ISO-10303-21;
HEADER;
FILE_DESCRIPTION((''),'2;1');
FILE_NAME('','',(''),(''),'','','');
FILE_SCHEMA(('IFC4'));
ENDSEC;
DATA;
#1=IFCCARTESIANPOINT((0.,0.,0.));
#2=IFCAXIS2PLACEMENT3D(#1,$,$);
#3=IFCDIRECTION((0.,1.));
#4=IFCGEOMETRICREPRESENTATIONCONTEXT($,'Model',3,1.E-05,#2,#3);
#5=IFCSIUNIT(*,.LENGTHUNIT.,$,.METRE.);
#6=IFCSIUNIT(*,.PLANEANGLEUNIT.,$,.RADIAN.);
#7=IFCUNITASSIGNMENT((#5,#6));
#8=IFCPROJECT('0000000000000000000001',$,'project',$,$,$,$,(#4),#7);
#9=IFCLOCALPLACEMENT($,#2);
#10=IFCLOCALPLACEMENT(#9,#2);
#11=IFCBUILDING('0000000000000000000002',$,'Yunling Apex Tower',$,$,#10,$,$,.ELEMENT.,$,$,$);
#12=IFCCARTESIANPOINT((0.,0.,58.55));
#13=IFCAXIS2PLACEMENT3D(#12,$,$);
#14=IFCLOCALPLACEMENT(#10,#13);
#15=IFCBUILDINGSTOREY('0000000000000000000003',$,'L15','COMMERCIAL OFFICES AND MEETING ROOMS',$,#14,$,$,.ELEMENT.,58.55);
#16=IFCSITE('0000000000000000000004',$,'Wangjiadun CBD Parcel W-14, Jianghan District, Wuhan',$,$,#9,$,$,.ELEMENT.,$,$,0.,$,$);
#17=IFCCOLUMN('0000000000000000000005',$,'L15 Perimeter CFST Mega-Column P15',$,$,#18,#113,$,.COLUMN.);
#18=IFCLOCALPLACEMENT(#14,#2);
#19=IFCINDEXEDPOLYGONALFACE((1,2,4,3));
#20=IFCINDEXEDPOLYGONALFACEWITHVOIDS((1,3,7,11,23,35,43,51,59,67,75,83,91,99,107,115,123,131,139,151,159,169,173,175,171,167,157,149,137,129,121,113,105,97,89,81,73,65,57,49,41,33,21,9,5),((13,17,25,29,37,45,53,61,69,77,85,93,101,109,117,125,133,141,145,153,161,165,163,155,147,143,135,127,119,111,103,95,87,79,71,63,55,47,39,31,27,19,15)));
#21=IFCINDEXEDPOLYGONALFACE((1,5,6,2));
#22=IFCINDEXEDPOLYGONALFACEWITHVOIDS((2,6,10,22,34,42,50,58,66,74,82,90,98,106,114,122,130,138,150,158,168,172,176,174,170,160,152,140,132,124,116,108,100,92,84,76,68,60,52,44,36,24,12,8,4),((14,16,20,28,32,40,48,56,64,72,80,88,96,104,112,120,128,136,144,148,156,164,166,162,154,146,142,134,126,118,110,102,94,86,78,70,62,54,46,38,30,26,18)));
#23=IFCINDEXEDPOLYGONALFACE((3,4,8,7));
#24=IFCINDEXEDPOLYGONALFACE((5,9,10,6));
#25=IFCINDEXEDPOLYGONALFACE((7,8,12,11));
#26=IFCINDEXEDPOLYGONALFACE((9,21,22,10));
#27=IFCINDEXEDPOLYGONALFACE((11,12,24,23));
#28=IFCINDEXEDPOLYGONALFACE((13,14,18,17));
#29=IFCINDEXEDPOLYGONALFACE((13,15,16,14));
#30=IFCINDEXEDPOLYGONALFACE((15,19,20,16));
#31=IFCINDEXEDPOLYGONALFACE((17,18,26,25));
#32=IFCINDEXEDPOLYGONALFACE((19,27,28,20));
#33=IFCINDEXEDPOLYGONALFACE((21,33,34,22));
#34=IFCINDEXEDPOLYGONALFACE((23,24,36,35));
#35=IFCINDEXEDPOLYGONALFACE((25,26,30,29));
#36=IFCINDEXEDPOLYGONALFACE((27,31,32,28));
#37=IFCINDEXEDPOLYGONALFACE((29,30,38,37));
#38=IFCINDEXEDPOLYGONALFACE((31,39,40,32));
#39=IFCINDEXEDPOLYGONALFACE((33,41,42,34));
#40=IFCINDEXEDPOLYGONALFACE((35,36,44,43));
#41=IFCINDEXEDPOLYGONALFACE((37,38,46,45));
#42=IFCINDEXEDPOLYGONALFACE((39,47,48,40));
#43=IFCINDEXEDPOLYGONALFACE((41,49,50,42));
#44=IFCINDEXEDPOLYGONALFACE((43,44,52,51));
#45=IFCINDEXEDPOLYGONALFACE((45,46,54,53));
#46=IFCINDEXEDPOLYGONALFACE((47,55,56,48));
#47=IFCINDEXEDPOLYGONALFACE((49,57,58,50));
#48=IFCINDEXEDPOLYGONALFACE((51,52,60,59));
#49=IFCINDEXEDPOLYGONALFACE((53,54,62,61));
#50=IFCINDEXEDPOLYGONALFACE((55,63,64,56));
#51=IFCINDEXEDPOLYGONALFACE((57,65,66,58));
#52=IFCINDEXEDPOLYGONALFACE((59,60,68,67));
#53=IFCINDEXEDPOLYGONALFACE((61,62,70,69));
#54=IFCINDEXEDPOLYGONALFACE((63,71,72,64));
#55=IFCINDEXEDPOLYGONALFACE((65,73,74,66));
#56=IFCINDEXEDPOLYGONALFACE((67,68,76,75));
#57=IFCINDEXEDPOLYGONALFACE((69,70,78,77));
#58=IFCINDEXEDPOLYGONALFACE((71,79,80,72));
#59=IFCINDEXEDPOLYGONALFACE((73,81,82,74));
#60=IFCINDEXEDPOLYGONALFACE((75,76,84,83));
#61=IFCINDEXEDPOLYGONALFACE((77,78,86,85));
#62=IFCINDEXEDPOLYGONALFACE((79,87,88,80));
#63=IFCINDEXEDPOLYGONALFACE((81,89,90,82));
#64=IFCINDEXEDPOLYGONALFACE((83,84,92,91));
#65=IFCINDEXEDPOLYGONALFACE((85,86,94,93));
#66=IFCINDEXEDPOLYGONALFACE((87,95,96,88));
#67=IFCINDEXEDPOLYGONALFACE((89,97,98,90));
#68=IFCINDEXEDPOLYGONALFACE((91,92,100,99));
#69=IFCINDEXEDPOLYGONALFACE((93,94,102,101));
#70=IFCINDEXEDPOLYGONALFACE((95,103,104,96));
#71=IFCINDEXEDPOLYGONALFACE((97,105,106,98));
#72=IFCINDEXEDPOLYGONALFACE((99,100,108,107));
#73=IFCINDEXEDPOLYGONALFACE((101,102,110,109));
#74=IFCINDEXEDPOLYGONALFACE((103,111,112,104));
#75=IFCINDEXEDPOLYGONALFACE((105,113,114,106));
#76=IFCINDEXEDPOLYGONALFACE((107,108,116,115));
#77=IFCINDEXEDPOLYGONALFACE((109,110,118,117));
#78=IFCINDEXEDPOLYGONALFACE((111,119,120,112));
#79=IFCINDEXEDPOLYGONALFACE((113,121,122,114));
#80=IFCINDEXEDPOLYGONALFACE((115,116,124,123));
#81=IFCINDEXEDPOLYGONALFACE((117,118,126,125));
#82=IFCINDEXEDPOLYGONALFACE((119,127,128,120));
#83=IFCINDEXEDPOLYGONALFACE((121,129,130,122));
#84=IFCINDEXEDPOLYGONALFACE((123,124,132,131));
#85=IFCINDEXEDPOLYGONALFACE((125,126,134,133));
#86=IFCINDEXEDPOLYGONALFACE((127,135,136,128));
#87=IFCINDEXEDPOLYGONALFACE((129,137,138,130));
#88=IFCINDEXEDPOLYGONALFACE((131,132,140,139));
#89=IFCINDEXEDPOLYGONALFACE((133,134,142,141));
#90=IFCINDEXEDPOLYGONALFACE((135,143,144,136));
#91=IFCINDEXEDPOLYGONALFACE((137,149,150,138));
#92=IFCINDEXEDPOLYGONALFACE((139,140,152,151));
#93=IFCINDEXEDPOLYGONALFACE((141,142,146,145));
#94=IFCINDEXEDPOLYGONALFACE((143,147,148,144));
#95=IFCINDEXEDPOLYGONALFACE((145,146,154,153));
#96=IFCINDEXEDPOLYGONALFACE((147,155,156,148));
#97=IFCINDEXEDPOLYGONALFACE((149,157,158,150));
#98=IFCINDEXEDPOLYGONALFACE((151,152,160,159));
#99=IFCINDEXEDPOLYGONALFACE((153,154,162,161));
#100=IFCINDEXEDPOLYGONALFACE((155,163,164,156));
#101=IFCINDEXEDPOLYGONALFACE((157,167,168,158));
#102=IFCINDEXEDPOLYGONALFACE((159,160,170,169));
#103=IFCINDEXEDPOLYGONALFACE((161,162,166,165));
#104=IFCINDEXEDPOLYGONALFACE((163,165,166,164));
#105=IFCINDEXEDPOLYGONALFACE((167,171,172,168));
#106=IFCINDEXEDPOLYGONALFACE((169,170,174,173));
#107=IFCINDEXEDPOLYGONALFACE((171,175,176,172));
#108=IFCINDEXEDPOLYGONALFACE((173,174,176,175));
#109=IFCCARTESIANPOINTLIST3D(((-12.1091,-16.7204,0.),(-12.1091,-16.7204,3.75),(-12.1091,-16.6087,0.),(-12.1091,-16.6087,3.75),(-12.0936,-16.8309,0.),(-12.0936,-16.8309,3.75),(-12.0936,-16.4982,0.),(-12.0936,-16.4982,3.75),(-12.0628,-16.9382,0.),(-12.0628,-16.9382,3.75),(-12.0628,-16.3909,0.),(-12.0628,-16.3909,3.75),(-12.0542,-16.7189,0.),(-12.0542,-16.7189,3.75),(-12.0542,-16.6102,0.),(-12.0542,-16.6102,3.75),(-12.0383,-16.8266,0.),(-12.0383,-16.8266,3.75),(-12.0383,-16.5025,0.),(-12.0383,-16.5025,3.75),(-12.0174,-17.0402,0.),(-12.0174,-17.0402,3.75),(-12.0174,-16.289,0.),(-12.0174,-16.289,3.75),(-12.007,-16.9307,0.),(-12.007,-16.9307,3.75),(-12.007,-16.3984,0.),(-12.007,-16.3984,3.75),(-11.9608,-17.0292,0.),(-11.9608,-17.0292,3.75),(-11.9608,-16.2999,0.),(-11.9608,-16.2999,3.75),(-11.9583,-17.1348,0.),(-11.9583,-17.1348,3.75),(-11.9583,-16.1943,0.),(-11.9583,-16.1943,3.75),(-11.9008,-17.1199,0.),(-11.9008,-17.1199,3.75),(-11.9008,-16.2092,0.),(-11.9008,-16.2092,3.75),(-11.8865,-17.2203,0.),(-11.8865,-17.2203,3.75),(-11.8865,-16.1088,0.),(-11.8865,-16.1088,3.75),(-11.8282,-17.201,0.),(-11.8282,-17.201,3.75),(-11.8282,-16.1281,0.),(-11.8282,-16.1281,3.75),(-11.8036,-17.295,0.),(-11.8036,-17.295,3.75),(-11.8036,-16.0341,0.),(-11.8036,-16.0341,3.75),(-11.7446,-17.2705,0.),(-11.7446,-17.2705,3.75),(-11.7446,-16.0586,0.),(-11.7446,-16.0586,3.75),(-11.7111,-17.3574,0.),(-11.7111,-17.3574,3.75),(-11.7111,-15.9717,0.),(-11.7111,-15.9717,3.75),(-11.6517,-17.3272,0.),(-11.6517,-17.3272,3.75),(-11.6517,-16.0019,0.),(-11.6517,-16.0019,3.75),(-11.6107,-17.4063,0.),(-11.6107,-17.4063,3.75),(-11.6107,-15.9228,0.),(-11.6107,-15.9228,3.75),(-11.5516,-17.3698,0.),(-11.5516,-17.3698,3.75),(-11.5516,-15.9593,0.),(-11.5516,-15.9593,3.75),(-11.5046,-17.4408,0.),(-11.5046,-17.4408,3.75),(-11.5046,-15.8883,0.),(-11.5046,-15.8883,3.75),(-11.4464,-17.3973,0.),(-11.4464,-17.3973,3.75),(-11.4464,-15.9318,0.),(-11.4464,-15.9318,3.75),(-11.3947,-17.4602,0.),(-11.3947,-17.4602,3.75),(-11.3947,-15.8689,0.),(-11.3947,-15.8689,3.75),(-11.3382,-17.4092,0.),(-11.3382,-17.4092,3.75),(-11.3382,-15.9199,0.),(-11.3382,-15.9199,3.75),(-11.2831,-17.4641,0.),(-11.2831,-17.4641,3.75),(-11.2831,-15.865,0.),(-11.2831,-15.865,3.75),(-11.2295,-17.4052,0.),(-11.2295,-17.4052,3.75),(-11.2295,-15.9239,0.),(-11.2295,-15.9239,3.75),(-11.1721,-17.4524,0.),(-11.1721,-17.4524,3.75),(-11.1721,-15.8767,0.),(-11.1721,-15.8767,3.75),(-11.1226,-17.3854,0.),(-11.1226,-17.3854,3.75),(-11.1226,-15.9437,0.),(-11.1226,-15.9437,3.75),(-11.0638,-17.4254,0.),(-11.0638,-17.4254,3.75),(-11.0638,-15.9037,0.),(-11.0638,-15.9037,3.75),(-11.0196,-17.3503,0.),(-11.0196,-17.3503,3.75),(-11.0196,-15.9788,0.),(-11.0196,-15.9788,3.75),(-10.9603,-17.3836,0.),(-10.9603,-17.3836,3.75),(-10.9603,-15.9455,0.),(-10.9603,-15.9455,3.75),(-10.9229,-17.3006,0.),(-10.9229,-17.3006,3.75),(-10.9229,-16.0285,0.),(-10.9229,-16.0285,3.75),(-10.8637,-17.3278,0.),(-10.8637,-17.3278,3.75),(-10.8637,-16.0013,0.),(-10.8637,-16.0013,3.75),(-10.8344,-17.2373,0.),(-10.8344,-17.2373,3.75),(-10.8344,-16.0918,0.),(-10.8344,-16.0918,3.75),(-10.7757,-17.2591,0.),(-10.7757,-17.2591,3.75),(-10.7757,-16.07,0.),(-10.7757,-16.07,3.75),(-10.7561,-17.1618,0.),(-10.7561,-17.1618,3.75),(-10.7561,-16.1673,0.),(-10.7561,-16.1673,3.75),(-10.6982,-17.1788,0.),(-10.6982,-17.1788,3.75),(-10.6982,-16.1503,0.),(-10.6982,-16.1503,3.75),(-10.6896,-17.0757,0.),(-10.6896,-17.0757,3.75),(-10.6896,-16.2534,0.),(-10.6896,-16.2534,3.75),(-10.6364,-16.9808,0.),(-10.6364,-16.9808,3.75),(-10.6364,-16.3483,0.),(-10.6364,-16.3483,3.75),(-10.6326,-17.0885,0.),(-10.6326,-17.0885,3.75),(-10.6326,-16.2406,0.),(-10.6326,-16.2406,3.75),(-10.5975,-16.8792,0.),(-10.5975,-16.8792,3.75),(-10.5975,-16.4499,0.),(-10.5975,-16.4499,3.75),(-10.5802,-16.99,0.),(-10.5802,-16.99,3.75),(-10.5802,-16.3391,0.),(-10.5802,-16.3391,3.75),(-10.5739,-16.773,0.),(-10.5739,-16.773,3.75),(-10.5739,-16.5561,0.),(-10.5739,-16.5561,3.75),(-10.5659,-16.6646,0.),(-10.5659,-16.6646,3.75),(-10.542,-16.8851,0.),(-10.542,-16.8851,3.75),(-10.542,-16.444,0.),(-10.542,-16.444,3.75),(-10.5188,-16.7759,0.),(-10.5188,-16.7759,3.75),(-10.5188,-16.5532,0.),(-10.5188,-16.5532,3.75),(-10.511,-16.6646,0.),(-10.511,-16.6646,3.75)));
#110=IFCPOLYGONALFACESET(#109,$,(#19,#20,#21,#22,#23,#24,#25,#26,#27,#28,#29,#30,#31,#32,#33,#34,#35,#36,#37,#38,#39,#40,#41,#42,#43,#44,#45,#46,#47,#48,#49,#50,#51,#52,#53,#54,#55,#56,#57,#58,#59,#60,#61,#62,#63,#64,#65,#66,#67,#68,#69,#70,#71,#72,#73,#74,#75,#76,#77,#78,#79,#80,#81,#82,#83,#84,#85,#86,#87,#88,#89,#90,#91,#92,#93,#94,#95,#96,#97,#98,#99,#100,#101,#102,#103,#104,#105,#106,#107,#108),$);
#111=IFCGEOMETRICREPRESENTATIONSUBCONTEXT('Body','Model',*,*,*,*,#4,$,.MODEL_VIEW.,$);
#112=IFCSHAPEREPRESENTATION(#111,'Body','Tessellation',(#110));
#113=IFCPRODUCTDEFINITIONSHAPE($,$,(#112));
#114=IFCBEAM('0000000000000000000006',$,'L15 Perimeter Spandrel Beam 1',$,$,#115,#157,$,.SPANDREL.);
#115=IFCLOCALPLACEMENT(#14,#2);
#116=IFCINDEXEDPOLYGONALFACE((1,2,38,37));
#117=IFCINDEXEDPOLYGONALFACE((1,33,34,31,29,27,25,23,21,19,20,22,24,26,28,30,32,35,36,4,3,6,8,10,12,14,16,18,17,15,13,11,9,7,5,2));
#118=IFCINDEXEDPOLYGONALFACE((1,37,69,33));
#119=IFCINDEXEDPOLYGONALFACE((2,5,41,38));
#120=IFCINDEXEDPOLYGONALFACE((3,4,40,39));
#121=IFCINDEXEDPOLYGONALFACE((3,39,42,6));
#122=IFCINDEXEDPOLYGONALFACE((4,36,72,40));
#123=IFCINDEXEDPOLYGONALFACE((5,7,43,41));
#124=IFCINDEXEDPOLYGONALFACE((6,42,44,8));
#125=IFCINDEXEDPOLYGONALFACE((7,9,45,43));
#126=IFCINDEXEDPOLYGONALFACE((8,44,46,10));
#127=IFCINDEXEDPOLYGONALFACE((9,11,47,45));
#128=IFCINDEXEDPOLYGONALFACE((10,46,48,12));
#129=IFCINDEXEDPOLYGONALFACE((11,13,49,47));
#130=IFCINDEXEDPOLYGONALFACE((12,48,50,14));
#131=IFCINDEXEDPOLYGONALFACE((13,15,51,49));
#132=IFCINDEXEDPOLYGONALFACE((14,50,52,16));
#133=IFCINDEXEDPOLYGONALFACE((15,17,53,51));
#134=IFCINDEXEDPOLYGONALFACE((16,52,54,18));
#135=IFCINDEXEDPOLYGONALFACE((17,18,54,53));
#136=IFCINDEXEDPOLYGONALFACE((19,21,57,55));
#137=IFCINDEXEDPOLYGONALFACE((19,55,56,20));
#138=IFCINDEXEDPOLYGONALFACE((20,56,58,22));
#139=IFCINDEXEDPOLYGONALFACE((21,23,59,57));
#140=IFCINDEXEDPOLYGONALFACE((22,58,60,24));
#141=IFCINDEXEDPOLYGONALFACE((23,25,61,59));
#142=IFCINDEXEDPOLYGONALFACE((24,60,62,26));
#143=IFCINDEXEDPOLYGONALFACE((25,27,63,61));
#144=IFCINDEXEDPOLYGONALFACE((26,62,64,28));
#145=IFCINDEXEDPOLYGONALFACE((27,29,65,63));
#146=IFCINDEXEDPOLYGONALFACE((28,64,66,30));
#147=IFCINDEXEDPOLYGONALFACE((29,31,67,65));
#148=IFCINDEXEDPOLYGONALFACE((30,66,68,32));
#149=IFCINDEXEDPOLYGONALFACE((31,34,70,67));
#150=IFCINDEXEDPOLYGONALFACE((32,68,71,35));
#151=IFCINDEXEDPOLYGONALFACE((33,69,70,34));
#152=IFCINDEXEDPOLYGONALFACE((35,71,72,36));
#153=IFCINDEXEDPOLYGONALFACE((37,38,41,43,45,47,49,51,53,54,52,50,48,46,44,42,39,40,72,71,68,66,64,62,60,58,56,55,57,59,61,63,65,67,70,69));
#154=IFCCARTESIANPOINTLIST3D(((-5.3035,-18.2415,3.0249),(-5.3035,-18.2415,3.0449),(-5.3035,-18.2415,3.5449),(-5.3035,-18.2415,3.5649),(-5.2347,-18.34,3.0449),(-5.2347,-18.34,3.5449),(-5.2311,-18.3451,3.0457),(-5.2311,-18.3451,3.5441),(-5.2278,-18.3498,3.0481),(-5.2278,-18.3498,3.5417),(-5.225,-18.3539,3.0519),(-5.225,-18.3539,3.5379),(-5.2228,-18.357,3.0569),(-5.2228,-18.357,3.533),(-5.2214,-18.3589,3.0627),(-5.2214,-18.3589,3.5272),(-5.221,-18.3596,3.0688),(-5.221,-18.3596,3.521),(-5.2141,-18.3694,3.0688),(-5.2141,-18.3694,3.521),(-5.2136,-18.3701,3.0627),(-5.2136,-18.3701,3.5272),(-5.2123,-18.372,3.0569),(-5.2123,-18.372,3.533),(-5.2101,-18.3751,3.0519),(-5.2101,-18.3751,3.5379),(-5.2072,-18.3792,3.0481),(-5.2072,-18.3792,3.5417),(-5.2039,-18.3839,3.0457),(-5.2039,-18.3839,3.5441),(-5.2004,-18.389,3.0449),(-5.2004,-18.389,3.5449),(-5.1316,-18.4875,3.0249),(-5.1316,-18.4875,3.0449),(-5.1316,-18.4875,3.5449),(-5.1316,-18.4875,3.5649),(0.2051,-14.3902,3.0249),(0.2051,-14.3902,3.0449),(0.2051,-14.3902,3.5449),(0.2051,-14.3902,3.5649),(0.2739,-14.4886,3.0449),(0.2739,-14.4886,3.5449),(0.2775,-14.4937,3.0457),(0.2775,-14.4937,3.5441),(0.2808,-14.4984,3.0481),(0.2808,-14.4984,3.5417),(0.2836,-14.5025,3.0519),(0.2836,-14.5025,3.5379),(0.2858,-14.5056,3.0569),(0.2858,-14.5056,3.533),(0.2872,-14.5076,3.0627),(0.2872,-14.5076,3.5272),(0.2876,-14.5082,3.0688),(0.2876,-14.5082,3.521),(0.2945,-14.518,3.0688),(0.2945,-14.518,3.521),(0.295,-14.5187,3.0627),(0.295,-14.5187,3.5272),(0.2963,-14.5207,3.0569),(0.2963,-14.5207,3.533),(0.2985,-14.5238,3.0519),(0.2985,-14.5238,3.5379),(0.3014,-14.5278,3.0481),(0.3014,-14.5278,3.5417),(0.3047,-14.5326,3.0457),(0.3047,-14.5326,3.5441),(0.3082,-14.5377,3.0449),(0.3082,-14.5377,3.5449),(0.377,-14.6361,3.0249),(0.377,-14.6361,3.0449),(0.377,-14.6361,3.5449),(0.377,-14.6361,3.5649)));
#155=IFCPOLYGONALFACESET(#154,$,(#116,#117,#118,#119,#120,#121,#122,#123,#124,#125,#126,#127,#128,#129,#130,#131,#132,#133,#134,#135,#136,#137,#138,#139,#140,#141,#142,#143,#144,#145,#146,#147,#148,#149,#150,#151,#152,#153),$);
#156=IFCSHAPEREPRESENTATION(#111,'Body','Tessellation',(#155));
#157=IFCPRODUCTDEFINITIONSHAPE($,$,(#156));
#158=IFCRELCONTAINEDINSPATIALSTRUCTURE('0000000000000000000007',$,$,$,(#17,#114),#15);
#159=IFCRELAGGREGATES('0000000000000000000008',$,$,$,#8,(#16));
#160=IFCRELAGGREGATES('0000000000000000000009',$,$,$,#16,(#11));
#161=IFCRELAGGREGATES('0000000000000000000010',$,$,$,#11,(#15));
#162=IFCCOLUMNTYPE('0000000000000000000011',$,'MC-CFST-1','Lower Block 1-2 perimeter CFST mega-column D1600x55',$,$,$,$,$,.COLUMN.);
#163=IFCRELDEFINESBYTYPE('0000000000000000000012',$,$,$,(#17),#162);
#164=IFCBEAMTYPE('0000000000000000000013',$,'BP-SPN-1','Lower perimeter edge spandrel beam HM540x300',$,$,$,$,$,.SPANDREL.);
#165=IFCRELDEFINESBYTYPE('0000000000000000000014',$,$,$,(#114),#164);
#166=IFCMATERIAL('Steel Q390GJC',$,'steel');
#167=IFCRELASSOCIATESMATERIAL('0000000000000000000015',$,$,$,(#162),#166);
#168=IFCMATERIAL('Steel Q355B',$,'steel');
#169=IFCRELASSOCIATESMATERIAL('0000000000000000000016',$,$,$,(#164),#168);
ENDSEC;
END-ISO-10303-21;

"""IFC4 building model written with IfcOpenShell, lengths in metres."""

from ifc_helpers import new_model, si_unit, direction, frame, origin, origin_2d, place, context, subcontext, project, spatial, hollow_circle, i_section, extrude, source, transform, mapped, material, material_profile, profile_set, type_object, element, save


model = new_model("IFC4")

# Units and contexts
model_context = context("Model", 3, precision=1e-05, world=origin(), true_north=direction((0.0, 1.0)))
body_context = subcontext(model_context, "Body", "Model", "MODEL_VIEW")
ifc_project = project(units=[si_unit("LENGTHUNIT", "METRE"), si_unit("PLANEANGLEUNIT", "RADIAN")], contexts=[model_context])

# Site, building, storey
site_placement = place(None, origin())
site = spatial("IfcSite", under=ifc_project, at=site_placement, Name="Wangjiadun CBD Parcel W-14, Jianghan District, Wuhan", CompositionType="ELEMENT", RefElevation=0.0)
building_placement = place(site_placement, origin())
building = spatial("IfcBuilding", under=site, at=building_placement, Name="Yunling Apex Tower", CompositionType="ELEMENT")
storey_placement = place(building_placement, frame((0.0, 0.0, 58.55)))
storey = spatial("IfcBuildingStorey", under=building, at=storey_placement, Name="L15", Description="COMMERCIAL OFFICES AND MEETING ROOMS", CompositionType="ELEMENT", Elevation=58.55)

# Column
ifc_material_1 = material(Name="Steel Q390GJC", Category="steel")
ifc_material_profile_1 = material_profile(ifc_material_1, hollow_circle(Radius=0.8, WallThickness=0.0549, at=origin_2d()))
ifc_profile_set_1 = profile_set([ifc_material_profile_1], Name="Steel Q390GJC")
column_type = type_object("IfcColumnType", Name="MC-CFST-1", Description="Lower Block 1-2 perimeter CFST mega-column D1600x55", PredefinedType="COLUMN", material=ifc_profile_set_1)
shared_shape_1 = source(origin(), body_context, "Body", "SweptSolid", [
    extrude(hollow_circle(Radius=0.8, WallThickness=0.0549, at=origin_2d()), origin(), (0.0, 0.0, 1.0), 3.75),
])
for number, where, z_axis, x_axis, name in (
    (1, (-11.311, -16.6646, 0.0), (0.0, 0.0, 1.0), (1.0, 0.0, 0.0), "L15 Perimeter CFST Mega-Column P15"),
):
    element("IfcColumn", number, at=place(storey_placement, frame(where, z_axis=z_axis, x_axis=x_axis)), inside=storey, type_object=column_type, Name=name, PredefinedType="COLUMN", context=body_context, shape_type="MappedRepresentation", body=[
        mapped(shared_shape_1, transform((0.0, 0.0, 0.0), scale=1.0)),
    ])

# Beam
ifc_material_2 = material(Name="Steel Q355B", Category="steel")
ifc_material_profile_2 = material_profile(ifc_material_2, i_section(OverallWidth=0.3, OverallDepth=0.54, WebThickness=0.012, FlangeThickness=0.02, FilletRadius=0.0239, at=origin_2d()))
ifc_profile_set_2 = profile_set([ifc_material_profile_2], Name="Steel Q355B")
beam_type_1 = type_object("IfcBeamType", Name="BP-SPN-1", Description="Lower perimeter edge spandrel beam HM540x300", PredefinedType="SPANDREL", material=ifc_profile_set_2)
shared_shape_2 = source(origin(), body_context, "Body", "SweptSolid", [
    extrude(i_section(OverallWidth=0.3, OverallDepth=0.54, WebThickness=0.012, FlangeThickness=0.02, FilletRadius=0.0239, at=origin_2d()), origin(), (0.0, 0.0, 1.0), 6.7214),
])
beam_1_placement = place(storey_placement, frame((-5.2175, -18.3645, 3.2949), z_axis=(0.819558, 0.572997, 0.0), x_axis=(-0.572997, 0.819558, 0.0)))
element("IfcBeam", 2, at=beam_1_placement, inside=storey, type_object=beam_type_1, Name="L15 Perimeter Spandrel Beam 1", PredefinedType="SPANDREL", context=body_context, shape_type="MappedRepresentation", body=[
    mapped(shared_shape_2, transform((0.0, 0.0, 0.0), scale=1.0)),
])

save(model, "model.ifc")
